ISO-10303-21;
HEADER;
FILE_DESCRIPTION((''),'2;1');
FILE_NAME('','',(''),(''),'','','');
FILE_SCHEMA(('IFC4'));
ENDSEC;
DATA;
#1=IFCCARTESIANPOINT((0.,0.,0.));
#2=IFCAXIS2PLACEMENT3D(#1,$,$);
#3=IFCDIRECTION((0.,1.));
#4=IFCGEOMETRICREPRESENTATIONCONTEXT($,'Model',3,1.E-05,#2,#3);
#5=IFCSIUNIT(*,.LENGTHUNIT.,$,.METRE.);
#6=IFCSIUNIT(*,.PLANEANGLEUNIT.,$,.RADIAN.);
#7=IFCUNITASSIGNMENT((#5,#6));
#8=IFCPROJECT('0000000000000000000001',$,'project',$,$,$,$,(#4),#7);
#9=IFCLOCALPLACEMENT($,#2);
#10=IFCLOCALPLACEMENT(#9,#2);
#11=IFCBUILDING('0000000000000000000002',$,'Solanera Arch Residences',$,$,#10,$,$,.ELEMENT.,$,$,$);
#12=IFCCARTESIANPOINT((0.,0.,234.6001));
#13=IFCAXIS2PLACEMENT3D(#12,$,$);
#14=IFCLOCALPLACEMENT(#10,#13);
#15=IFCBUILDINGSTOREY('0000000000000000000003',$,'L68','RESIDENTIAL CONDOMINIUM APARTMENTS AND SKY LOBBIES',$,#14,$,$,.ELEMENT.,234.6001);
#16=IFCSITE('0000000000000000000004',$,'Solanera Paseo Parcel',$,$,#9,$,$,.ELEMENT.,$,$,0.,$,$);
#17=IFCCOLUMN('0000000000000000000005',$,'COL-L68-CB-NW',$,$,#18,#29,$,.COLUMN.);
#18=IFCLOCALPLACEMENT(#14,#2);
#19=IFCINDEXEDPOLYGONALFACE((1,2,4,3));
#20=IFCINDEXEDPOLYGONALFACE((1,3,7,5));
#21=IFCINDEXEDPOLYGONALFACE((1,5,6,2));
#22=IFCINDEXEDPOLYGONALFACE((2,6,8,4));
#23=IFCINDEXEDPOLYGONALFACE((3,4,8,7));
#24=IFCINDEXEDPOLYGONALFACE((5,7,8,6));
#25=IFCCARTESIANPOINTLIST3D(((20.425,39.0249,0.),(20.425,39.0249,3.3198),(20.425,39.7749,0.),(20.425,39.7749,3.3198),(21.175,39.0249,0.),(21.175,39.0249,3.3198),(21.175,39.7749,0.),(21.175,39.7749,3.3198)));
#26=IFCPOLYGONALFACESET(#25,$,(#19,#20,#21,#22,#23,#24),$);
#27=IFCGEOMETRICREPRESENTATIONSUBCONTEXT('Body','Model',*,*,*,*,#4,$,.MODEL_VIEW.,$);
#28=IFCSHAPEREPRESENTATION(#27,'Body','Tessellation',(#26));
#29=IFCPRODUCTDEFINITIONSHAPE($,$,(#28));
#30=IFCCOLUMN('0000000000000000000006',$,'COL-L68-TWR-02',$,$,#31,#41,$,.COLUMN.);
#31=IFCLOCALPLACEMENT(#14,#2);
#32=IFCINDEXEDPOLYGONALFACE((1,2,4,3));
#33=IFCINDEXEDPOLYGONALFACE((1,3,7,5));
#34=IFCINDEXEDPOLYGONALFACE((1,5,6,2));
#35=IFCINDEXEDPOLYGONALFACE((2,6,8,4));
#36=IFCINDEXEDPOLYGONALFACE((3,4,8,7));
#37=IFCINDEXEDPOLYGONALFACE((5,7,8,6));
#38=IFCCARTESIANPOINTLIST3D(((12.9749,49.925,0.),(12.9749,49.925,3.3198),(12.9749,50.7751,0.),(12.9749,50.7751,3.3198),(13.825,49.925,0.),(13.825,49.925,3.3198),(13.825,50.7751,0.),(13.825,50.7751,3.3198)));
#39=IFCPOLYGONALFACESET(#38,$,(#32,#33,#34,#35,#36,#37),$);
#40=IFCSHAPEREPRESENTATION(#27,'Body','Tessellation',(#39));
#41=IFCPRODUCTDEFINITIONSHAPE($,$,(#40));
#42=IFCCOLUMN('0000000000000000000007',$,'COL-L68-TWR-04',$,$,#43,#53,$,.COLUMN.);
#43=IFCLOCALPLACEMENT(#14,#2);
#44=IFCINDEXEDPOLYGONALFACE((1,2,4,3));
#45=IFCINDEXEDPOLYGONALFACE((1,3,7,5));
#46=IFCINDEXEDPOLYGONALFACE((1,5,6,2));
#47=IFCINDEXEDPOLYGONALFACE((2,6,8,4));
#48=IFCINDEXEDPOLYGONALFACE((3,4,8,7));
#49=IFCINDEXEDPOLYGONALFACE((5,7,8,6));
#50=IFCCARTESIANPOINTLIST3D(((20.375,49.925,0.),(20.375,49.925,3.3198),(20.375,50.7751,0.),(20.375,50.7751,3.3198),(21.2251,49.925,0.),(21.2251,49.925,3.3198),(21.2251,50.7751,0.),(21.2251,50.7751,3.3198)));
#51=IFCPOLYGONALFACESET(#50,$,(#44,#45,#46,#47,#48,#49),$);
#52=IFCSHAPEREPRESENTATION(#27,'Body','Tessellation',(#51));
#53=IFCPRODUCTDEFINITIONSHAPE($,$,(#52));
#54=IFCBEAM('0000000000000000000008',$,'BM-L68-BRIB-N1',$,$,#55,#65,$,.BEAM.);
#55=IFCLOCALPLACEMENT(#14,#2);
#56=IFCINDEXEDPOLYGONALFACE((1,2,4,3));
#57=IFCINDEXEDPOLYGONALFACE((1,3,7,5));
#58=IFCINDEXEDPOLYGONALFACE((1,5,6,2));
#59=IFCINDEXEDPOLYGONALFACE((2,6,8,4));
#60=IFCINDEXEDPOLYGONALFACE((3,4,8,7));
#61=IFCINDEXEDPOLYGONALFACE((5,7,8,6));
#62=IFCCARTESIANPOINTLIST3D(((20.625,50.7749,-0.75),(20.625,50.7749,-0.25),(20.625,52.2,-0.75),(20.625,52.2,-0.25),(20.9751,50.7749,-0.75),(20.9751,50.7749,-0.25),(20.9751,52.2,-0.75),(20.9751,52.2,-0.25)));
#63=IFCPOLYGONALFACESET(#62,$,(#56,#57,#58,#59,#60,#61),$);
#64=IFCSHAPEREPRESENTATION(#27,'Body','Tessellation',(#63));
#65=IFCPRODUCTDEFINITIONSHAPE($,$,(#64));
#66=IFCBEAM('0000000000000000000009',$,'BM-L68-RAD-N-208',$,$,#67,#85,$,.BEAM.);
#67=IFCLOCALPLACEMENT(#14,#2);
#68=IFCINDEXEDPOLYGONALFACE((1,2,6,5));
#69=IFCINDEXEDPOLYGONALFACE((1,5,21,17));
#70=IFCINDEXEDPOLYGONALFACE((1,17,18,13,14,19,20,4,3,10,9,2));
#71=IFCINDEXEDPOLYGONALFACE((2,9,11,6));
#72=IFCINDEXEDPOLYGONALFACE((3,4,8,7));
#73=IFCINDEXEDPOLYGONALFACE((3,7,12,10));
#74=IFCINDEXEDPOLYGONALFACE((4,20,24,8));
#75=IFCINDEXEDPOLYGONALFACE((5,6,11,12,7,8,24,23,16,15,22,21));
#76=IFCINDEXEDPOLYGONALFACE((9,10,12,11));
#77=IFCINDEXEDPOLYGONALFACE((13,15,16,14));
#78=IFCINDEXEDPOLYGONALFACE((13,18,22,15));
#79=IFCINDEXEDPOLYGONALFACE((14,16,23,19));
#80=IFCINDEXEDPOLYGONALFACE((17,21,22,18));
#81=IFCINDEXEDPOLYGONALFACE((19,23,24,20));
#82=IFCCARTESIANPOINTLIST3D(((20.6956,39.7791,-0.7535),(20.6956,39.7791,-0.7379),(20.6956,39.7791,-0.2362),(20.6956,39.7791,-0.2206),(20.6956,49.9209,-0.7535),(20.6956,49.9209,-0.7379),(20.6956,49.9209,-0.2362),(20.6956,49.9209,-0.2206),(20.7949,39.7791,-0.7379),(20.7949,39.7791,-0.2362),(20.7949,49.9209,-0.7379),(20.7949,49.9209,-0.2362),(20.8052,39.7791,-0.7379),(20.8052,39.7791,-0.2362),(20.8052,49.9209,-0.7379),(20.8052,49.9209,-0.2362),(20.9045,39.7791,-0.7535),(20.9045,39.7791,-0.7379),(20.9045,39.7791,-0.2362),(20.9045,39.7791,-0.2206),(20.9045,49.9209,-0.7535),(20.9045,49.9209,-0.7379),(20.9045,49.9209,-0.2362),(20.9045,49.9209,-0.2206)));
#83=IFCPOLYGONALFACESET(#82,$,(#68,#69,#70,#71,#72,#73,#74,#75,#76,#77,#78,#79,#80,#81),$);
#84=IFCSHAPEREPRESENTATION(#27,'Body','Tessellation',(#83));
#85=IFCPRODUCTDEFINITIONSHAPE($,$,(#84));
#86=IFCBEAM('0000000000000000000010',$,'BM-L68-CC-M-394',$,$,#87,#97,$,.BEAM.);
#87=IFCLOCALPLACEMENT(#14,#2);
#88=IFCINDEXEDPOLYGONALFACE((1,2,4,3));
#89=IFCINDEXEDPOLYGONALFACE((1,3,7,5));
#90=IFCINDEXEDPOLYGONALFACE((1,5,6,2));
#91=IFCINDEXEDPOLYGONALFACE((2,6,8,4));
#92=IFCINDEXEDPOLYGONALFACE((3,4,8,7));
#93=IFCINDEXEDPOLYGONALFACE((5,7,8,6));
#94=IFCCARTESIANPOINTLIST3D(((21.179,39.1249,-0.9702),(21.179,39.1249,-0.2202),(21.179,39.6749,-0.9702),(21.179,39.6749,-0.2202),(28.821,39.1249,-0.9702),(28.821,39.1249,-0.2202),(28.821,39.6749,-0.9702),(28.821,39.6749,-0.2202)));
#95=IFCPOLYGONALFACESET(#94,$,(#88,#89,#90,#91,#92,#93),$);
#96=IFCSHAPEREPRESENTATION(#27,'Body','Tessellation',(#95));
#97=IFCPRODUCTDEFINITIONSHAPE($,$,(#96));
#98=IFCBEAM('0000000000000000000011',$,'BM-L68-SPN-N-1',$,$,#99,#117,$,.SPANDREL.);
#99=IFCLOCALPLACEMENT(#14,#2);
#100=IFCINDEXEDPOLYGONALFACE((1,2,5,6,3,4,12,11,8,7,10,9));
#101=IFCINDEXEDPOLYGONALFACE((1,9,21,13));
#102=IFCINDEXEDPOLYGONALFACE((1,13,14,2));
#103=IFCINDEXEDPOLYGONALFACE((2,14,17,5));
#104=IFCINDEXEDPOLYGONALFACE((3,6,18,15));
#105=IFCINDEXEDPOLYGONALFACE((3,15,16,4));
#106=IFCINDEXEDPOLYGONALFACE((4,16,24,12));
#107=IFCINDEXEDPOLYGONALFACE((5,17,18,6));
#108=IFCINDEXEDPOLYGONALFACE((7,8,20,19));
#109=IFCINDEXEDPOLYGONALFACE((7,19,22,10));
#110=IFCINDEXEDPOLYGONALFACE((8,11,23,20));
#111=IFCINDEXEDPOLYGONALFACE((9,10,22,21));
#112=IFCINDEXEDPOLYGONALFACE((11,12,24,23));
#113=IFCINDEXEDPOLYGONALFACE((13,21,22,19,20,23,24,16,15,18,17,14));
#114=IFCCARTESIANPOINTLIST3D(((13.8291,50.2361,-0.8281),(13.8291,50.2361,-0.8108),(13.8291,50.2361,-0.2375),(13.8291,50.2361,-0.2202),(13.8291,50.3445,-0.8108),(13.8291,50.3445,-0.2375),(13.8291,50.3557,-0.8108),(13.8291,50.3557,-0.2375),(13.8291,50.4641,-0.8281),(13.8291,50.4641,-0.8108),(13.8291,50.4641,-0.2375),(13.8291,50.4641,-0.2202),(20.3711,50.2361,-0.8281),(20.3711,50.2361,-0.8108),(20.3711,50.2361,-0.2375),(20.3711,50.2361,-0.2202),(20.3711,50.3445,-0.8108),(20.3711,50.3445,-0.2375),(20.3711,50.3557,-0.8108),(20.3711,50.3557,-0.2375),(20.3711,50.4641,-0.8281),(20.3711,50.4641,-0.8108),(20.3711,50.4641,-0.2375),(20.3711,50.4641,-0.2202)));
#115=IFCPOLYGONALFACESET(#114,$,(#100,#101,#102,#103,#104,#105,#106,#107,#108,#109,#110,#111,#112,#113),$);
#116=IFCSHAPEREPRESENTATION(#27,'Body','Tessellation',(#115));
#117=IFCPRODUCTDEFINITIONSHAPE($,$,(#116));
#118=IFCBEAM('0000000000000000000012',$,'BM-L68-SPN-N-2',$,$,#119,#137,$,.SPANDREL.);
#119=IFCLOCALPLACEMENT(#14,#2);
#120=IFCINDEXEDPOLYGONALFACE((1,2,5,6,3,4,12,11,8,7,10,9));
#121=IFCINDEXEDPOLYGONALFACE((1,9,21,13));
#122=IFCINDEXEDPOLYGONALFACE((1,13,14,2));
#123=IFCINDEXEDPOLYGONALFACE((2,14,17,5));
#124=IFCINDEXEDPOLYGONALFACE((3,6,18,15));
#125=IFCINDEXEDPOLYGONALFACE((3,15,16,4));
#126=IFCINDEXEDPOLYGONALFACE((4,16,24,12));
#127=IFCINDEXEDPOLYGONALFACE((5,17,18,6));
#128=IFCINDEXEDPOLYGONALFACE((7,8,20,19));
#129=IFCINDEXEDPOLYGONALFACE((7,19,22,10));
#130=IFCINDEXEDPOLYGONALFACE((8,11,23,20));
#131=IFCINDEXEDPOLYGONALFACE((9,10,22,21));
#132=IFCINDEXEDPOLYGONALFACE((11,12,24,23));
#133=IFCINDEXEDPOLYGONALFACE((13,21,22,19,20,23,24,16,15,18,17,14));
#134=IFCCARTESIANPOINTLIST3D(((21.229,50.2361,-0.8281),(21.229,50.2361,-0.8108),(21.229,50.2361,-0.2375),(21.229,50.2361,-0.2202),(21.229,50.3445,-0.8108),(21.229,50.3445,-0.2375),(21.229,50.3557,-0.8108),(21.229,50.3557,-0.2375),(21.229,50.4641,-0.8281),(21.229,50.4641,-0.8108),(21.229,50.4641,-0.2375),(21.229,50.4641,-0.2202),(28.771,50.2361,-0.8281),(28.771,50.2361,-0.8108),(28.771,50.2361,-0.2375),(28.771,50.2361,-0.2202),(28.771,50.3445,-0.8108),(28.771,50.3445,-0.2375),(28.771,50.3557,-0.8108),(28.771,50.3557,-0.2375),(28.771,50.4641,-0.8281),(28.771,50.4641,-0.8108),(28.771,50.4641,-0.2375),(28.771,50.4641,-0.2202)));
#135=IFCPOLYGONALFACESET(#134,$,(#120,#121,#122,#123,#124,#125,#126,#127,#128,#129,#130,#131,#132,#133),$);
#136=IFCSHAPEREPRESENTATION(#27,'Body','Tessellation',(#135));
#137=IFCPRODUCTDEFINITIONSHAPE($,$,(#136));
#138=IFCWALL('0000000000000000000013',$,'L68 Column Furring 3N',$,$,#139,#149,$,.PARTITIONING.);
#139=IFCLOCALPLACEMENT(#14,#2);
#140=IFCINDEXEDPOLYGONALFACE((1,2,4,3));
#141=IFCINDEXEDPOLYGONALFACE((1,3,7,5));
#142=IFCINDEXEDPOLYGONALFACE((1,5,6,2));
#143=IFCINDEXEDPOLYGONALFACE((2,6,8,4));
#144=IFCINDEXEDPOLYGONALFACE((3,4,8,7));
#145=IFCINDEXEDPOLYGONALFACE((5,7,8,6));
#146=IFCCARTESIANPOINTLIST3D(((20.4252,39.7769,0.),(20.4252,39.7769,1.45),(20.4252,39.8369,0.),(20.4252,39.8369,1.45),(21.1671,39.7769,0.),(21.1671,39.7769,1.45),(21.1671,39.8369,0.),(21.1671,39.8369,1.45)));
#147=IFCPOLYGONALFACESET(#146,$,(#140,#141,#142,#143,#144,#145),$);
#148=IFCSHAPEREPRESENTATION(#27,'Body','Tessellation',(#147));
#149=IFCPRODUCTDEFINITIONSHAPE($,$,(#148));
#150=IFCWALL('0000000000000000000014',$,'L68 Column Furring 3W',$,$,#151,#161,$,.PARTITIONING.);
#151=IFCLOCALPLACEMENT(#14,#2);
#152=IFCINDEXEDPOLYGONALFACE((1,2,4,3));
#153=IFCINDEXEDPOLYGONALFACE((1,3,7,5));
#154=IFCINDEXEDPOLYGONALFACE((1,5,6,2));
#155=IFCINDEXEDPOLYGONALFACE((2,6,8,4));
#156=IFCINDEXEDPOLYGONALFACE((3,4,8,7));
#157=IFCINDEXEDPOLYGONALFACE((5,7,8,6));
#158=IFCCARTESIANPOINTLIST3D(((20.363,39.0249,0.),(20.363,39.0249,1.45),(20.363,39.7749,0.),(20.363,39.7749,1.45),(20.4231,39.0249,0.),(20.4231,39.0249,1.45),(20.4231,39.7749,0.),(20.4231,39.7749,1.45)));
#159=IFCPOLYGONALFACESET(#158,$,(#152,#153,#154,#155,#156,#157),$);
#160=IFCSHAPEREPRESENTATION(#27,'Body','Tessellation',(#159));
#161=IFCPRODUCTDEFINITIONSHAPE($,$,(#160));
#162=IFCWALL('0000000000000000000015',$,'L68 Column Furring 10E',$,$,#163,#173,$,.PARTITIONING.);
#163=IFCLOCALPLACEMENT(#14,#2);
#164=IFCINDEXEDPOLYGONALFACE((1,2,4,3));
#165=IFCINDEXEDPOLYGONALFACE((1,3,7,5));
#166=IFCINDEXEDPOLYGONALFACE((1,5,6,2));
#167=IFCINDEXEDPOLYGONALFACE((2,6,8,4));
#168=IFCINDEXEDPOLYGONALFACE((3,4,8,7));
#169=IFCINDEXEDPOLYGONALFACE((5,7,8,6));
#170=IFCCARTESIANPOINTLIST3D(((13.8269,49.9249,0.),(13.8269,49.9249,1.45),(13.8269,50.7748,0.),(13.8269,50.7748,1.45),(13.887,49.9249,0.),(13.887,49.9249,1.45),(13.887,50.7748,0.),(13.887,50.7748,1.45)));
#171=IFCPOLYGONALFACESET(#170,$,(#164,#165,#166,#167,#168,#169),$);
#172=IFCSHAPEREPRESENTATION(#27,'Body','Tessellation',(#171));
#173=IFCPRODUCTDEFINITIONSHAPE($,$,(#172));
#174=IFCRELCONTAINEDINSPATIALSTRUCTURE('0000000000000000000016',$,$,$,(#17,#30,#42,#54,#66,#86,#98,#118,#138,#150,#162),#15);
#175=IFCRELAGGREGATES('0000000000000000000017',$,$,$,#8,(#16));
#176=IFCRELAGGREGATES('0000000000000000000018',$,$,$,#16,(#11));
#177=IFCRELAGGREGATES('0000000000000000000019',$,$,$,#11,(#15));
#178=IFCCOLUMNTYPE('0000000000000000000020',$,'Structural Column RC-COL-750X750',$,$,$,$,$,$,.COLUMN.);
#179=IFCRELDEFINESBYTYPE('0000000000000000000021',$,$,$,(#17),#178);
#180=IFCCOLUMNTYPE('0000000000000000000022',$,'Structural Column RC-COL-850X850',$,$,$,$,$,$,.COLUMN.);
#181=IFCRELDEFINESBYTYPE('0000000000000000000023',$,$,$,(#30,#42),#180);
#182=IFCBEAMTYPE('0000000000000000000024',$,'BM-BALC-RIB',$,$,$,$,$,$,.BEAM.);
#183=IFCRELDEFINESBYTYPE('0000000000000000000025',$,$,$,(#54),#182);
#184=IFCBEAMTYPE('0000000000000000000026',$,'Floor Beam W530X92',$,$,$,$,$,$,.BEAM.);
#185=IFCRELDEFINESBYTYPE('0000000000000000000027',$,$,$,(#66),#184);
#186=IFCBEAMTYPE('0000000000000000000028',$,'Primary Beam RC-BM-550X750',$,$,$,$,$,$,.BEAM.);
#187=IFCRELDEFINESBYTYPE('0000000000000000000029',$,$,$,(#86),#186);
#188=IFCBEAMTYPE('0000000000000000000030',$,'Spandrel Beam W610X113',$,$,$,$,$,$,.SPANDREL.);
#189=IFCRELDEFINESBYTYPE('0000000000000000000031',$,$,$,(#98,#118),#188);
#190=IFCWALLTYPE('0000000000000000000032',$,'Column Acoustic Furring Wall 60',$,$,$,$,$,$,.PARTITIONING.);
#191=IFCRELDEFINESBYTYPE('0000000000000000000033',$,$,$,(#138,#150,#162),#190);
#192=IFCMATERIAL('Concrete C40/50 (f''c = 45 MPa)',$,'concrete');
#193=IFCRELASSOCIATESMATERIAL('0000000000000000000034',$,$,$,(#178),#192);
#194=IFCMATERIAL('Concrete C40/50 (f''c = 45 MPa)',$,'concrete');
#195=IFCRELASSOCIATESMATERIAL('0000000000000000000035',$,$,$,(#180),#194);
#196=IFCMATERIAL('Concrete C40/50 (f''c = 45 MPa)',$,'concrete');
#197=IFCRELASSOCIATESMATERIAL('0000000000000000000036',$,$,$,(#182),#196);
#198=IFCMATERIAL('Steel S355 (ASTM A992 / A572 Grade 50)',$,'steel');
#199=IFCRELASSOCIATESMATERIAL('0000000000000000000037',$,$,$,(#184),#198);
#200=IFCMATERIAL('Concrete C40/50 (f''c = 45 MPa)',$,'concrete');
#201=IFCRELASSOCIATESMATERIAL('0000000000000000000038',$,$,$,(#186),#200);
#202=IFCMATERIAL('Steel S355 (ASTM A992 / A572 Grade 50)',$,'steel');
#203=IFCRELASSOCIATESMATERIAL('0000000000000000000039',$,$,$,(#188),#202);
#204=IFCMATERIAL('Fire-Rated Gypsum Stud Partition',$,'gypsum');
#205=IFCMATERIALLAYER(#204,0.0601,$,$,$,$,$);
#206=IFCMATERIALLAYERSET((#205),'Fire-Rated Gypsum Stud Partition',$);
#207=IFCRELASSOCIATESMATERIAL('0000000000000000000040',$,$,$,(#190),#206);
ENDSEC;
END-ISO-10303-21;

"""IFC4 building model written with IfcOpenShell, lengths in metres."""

from ifc_helpers import new_model, si_unit, direction, frame, frame_2d, origin, origin_2d, place, context, subcontext, project, spatial, rectangle, i_section, extrude, material, layer, layer_set, material_profile, profile_set, type_object, element, save


model = new_model("IFC4")

# Units and contexts
model_context = context("Model", 3, precision=1e-05, world=origin(), true_north=direction((0.0, 1.0)))
body_context = subcontext(model_context, "Body", "Model", "MODEL_VIEW")
ifc_project = project(units=[si_unit("LENGTHUNIT", "METRE"), si_unit("PLANEANGLEUNIT", "RADIAN")], contexts=[model_context])

# Site, building, storey
site_placement = place(None, origin())
site = spatial("IfcSite", under=ifc_project, at=site_placement, Name="Solanera Paseo Parcel", CompositionType="ELEMENT", RefElevation=0.0)
building_placement = place(site_placement, origin())
building = spatial("IfcBuilding", under=site, at=building_placement, Name="Solanera Arch Residences", CompositionType="ELEMENT")
storey_placement = place(building_placement, frame((0.0, 0.0, 234.6001)))
storey = spatial("IfcBuildingStorey", under=building, at=storey_placement, Name="L68", Description="RESIDENTIAL CONDOMINIUM APARTMENTS AND SKY LOBBIES", CompositionType="ELEMENT", Elevation=234.6001)

# Columns
ifc_material_1 = material(Name="Concrete C40/50 (f'c = 45 MPa)", Category="concrete")
ifc_material_profile_1 = material_profile(ifc_material_1, rectangle(XDim=0.75, YDim=0.75, at=origin_2d()))
ifc_profile_set_1 = profile_set([ifc_material_profile_1], Name="Concrete C40/50 (f'c = 45 MPa)")
column_type_1 = type_object("IfcColumnType", Name="Structural Column RC-COL-750X750", PredefinedType="COLUMN", material=ifc_profile_set_1)
column_placement = place(storey_placement, frame((20.8, 39.3999, 0.0), z_axis=(0.0, 0.0, 1.0), x_axis=(1.0, 0.0, 0.0)))
element("IfcColumn", 1, at=column_placement, inside=storey, type_object=column_type_1, Name="COL-L68-CB-NW", PredefinedType="COLUMN", context=body_context, shape_type="SweptSolid", body=[
    extrude(rectangle(XDim=0.75, YDim=0.75, at=origin_2d()), origin(), (0.0, 0.0, 1.0), 3.3198),
])
ifc_material_2 = material(Name="Concrete C40/50 (f'c = 45 MPa)", Category="concrete")
ifc_material_profile_2 = material_profile(ifc_material_2, rectangle(XDim=0.8501, YDim=0.8501, at=origin_2d()))
ifc_profile_set_2 = profile_set([ifc_material_profile_2], Name="Concrete C40/50 (f'c = 45 MPa)")
column_type_2 = type_object("IfcColumnType", Name="Structural Column RC-COL-850X850", PredefinedType="COLUMN", material=ifc_profile_set_2)
for number, where, z_axis, x_axis, name in (
    (2, (13.3999, 50.3501, 0.0), (0.0, 0.0, 1.0), (1.0, 0.0, 0.0), "COL-L68-TWR-02"),
    (3, (20.8, 50.3501, 0.0), (0.0, 0.0, 1.0), (1.0, 0.0, 0.0), "COL-L68-TWR-04"),
):
    element("IfcColumn", number, at=place(storey_placement, frame(where, z_axis=z_axis, x_axis=x_axis)), inside=storey, type_object=column_type_2, Name=name, PredefinedType="COLUMN", context=body_context, shape_type="SweptSolid", body=[
        extrude(rectangle(XDim=0.8501, YDim=0.8501, at=origin_2d()), origin(), (0.0, 0.0, 1.0), 3.3198),
    ])

# Beams
ifc_material_3 = material(Name="Concrete C40/50 (f'c = 45 MPa)", Category="concrete")
ifc_material_profile_3 = material_profile(ifc_material_3, rectangle(XDim=0.3501, YDim=0.5, at=origin_2d()))
ifc_profile_set_3 = profile_set([ifc_material_profile_3], Name="Concrete C40/50 (f'c = 45 MPa)")
beam_type_1 = type_object("IfcBeamType", Name="BM-BALC-RIB", PredefinedType="BEAM", material=ifc_profile_set_3)
beam_1_placement = place(storey_placement, frame((20.8, 50.7749, -0.5), z_axis=(0.0, 1.0, 0.0), x_axis=(-1.0, 0.0, 0.0)))
element("IfcBeam", 4, at=beam_1_placement, inside=storey, type_object=beam_type_1, Name="BM-L68-BRIB-N1", PredefinedType="BEAM", context=body_context, shape_type="SweptSolid", body=[
    extrude(rectangle(XDim=0.3501, YDim=0.5, at=origin_2d()), origin(), (0.0, 0.0, 1.0), 1.425),
])
ifc_material_4 = material(Name="Steel S355 (ASTM A992 / A572 Grade 50)", Category="steel")
ifc_material_profile_4 = material_profile(ifc_material_4, i_section(OverallWidth=0.209, OverallDepth=0.533, WebThickness=0.0103, FlangeThickness=0.0156, at=origin_2d()))
ifc_profile_set_4 = profile_set([ifc_material_profile_4], Name="Steel S355 (ASTM A992 / A572 Grade 50)")
beam_type_2 = type_object("IfcBeamType", Name="Floor Beam W530X92", PredefinedType="BEAM", material=ifc_profile_set_4)
beam_2_placement = place(storey_placement, frame((20.8, 39.7791, -0.4871), z_axis=(0.0, 1.0, 0.0), x_axis=(-1.0, 0.0, 0.0)))
element("IfcBeam", 5, at=beam_2_placement, inside=storey, type_object=beam_type_2, Name="BM-L68-RAD-N-208", PredefinedType="BEAM", context=body_context, shape_type="SweptSolid", body=[
    extrude(i_section(OverallWidth=0.209, OverallDepth=0.533, WebThickness=0.0103, FlangeThickness=0.0156, at=origin_2d()), origin(), (0.0, 0.0, 1.0), 10.1418),
])
ifc_material_5 = material(Name="Concrete C40/50 (f'c = 45 MPa)", Category="concrete")
ifc_material_profile_5 = material_profile(ifc_material_5, rectangle(XDim=0.55, YDim=0.75, at=origin_2d()))
ifc_profile_set_5 = profile_set([ifc_material_profile_5], Name="Concrete C40/50 (f'c = 45 MPa)")
beam_type_3 = type_object("IfcBeamType", Name="Primary Beam RC-BM-550X750", PredefinedType="BEAM", material=ifc_profile_set_5)
beam_3_placement = place(storey_placement, frame((21.179, 39.3999, -0.5952), z_axis=(1.0, 0.0, 0.0), x_axis=(0.0, 1.0, 0.0)))
element("IfcBeam", 6, at=beam_3_placement, inside=storey, type_object=beam_type_3, Name="BM-L68-CC-M-394", PredefinedType="BEAM", context=body_context, shape_type="SweptSolid", body=[
    extrude(rectangle(XDim=0.55, YDim=0.75, at=origin_2d()), origin(), (0.0, 0.0, 1.0), 7.6421),
])
ifc_material_6 = material(Name="Steel S355 (ASTM A992 / A572 Grade 50)", Category="steel")
ifc_material_profile_6 = material_profile(ifc_material_6, i_section(OverallWidth=0.228, OverallDepth=0.6079, WebThickness=0.0112, FlangeThickness=0.0173, at=origin_2d()))
ifc_profile_set_6 = profile_set([ifc_material_profile_6], Name="Steel S355 (ASTM A992 / A572 Grade 50)")
beam_type_4 = type_object("IfcBeamType", Name="Spandrel Beam W610X113", PredefinedType="SPANDREL", material=ifc_profile_set_6)
beam_4_placement = place(storey_placement, frame((13.8291, 50.3501, -0.5242), z_axis=(1.0, 0.0, 0.0), x_axis=(0.0, 1.0, 0.0)))
element("IfcBeam", 7, at=beam_4_placement, inside=storey, type_object=beam_type_4, Name="BM-L68-SPN-N-1", PredefinedType="SPANDREL", context=body_context, shape_type="SweptSolid", body=[
    extrude(i_section(OverallWidth=0.228, OverallDepth=0.6079, WebThickness=0.0112, FlangeThickness=0.0173, at=origin_2d()), origin(), (0.0, 0.0, 1.0), 6.542),
])
beam_5_placement = place(storey_placement, frame((21.229, 50.3501, -0.5242), z_axis=(1.0, 0.0, 0.0), x_axis=(0.0, 1.0, 0.0)))
element("IfcBeam", 8, at=beam_5_placement, inside=storey, type_object=beam_type_4, Name="BM-L68-SPN-N-2", PredefinedType="SPANDREL", context=body_context, shape_type="SweptSolid", body=[
    extrude(i_section(OverallWidth=0.228, OverallDepth=0.6079, WebThickness=0.0112, FlangeThickness=0.0173, at=origin_2d()), origin(), (0.0, 0.0, 1.0), 7.542),
])

# Walls
ifc_material_7 = material(Name="Fire-Rated Gypsum Stud Partition", Category="gypsum")
ifc_layer_1 = layer(ifc_material_7, 0.0601)
ifc_layer_set_1 = layer_set([ifc_layer_1], Name="Fire-Rated Gypsum Stud Partition")
wall_type_1 = type_object("IfcWallType", Name="Column Acoustic Furring Wall 60", PredefinedType="PARTITIONING", material=ifc_layer_set_1)
wall_1_placement = place(storey_placement, frame((20.425, 39.8069, 0.0), z_axis=(0.0, 0.0, 1.0), x_axis=(1.0, 0.0, 0.0)))
element("IfcWall", 9, at=wall_1_placement, inside=storey, type_object=wall_type_1, Name="L68 Column Furring 3N", PredefinedType="PARTITIONING", context=body_context, shape_type="SweptSolid", body=[
    extrude(rectangle(XDim=0.7419, YDim=0.0601, at=frame_2d((0.3711, 0.0))), origin(), (0.0, 0.0, 1.0), 1.45),
])
wall_2_placement = place(storey_placement, frame((20.3931, 39.0249, 0.0), z_axis=(0.0, 0.0, 1.0), x_axis=(0.0, 1.0, 0.0)))
element("IfcWall", 10, at=wall_2_placement, inside=storey, type_object=wall_type_1, Name="L68 Column Furring 3W", PredefinedType="PARTITIONING", context=body_context, shape_type="SweptSolid", body=[
    extrude(rectangle(XDim=0.75, YDim=0.0601, at=frame_2d((0.375, 0.0))), origin(), (0.0, 0.0, 1.0), 1.45),
])
wall_3_placement = place(storey_placement, frame((13.8569, 49.925, 0.0), z_axis=(0.0, 0.0, 1.0), x_axis=(0.0, 1.0, 0.0)))
element("IfcWall", 11, at=wall_3_placement, inside=storey, type_object=wall_type_1, Name="L68 Column Furring 10E", PredefinedType="PARTITIONING", context=body_context, shape_type="SweptSolid", body=[
    extrude(rectangle(XDim=0.8499, YDim=0.0601, at=frame_2d((0.4248, 0.0))), origin(), (0.0, 0.0, 1.0), 1.45),
])

save(model, "model.ifc")
